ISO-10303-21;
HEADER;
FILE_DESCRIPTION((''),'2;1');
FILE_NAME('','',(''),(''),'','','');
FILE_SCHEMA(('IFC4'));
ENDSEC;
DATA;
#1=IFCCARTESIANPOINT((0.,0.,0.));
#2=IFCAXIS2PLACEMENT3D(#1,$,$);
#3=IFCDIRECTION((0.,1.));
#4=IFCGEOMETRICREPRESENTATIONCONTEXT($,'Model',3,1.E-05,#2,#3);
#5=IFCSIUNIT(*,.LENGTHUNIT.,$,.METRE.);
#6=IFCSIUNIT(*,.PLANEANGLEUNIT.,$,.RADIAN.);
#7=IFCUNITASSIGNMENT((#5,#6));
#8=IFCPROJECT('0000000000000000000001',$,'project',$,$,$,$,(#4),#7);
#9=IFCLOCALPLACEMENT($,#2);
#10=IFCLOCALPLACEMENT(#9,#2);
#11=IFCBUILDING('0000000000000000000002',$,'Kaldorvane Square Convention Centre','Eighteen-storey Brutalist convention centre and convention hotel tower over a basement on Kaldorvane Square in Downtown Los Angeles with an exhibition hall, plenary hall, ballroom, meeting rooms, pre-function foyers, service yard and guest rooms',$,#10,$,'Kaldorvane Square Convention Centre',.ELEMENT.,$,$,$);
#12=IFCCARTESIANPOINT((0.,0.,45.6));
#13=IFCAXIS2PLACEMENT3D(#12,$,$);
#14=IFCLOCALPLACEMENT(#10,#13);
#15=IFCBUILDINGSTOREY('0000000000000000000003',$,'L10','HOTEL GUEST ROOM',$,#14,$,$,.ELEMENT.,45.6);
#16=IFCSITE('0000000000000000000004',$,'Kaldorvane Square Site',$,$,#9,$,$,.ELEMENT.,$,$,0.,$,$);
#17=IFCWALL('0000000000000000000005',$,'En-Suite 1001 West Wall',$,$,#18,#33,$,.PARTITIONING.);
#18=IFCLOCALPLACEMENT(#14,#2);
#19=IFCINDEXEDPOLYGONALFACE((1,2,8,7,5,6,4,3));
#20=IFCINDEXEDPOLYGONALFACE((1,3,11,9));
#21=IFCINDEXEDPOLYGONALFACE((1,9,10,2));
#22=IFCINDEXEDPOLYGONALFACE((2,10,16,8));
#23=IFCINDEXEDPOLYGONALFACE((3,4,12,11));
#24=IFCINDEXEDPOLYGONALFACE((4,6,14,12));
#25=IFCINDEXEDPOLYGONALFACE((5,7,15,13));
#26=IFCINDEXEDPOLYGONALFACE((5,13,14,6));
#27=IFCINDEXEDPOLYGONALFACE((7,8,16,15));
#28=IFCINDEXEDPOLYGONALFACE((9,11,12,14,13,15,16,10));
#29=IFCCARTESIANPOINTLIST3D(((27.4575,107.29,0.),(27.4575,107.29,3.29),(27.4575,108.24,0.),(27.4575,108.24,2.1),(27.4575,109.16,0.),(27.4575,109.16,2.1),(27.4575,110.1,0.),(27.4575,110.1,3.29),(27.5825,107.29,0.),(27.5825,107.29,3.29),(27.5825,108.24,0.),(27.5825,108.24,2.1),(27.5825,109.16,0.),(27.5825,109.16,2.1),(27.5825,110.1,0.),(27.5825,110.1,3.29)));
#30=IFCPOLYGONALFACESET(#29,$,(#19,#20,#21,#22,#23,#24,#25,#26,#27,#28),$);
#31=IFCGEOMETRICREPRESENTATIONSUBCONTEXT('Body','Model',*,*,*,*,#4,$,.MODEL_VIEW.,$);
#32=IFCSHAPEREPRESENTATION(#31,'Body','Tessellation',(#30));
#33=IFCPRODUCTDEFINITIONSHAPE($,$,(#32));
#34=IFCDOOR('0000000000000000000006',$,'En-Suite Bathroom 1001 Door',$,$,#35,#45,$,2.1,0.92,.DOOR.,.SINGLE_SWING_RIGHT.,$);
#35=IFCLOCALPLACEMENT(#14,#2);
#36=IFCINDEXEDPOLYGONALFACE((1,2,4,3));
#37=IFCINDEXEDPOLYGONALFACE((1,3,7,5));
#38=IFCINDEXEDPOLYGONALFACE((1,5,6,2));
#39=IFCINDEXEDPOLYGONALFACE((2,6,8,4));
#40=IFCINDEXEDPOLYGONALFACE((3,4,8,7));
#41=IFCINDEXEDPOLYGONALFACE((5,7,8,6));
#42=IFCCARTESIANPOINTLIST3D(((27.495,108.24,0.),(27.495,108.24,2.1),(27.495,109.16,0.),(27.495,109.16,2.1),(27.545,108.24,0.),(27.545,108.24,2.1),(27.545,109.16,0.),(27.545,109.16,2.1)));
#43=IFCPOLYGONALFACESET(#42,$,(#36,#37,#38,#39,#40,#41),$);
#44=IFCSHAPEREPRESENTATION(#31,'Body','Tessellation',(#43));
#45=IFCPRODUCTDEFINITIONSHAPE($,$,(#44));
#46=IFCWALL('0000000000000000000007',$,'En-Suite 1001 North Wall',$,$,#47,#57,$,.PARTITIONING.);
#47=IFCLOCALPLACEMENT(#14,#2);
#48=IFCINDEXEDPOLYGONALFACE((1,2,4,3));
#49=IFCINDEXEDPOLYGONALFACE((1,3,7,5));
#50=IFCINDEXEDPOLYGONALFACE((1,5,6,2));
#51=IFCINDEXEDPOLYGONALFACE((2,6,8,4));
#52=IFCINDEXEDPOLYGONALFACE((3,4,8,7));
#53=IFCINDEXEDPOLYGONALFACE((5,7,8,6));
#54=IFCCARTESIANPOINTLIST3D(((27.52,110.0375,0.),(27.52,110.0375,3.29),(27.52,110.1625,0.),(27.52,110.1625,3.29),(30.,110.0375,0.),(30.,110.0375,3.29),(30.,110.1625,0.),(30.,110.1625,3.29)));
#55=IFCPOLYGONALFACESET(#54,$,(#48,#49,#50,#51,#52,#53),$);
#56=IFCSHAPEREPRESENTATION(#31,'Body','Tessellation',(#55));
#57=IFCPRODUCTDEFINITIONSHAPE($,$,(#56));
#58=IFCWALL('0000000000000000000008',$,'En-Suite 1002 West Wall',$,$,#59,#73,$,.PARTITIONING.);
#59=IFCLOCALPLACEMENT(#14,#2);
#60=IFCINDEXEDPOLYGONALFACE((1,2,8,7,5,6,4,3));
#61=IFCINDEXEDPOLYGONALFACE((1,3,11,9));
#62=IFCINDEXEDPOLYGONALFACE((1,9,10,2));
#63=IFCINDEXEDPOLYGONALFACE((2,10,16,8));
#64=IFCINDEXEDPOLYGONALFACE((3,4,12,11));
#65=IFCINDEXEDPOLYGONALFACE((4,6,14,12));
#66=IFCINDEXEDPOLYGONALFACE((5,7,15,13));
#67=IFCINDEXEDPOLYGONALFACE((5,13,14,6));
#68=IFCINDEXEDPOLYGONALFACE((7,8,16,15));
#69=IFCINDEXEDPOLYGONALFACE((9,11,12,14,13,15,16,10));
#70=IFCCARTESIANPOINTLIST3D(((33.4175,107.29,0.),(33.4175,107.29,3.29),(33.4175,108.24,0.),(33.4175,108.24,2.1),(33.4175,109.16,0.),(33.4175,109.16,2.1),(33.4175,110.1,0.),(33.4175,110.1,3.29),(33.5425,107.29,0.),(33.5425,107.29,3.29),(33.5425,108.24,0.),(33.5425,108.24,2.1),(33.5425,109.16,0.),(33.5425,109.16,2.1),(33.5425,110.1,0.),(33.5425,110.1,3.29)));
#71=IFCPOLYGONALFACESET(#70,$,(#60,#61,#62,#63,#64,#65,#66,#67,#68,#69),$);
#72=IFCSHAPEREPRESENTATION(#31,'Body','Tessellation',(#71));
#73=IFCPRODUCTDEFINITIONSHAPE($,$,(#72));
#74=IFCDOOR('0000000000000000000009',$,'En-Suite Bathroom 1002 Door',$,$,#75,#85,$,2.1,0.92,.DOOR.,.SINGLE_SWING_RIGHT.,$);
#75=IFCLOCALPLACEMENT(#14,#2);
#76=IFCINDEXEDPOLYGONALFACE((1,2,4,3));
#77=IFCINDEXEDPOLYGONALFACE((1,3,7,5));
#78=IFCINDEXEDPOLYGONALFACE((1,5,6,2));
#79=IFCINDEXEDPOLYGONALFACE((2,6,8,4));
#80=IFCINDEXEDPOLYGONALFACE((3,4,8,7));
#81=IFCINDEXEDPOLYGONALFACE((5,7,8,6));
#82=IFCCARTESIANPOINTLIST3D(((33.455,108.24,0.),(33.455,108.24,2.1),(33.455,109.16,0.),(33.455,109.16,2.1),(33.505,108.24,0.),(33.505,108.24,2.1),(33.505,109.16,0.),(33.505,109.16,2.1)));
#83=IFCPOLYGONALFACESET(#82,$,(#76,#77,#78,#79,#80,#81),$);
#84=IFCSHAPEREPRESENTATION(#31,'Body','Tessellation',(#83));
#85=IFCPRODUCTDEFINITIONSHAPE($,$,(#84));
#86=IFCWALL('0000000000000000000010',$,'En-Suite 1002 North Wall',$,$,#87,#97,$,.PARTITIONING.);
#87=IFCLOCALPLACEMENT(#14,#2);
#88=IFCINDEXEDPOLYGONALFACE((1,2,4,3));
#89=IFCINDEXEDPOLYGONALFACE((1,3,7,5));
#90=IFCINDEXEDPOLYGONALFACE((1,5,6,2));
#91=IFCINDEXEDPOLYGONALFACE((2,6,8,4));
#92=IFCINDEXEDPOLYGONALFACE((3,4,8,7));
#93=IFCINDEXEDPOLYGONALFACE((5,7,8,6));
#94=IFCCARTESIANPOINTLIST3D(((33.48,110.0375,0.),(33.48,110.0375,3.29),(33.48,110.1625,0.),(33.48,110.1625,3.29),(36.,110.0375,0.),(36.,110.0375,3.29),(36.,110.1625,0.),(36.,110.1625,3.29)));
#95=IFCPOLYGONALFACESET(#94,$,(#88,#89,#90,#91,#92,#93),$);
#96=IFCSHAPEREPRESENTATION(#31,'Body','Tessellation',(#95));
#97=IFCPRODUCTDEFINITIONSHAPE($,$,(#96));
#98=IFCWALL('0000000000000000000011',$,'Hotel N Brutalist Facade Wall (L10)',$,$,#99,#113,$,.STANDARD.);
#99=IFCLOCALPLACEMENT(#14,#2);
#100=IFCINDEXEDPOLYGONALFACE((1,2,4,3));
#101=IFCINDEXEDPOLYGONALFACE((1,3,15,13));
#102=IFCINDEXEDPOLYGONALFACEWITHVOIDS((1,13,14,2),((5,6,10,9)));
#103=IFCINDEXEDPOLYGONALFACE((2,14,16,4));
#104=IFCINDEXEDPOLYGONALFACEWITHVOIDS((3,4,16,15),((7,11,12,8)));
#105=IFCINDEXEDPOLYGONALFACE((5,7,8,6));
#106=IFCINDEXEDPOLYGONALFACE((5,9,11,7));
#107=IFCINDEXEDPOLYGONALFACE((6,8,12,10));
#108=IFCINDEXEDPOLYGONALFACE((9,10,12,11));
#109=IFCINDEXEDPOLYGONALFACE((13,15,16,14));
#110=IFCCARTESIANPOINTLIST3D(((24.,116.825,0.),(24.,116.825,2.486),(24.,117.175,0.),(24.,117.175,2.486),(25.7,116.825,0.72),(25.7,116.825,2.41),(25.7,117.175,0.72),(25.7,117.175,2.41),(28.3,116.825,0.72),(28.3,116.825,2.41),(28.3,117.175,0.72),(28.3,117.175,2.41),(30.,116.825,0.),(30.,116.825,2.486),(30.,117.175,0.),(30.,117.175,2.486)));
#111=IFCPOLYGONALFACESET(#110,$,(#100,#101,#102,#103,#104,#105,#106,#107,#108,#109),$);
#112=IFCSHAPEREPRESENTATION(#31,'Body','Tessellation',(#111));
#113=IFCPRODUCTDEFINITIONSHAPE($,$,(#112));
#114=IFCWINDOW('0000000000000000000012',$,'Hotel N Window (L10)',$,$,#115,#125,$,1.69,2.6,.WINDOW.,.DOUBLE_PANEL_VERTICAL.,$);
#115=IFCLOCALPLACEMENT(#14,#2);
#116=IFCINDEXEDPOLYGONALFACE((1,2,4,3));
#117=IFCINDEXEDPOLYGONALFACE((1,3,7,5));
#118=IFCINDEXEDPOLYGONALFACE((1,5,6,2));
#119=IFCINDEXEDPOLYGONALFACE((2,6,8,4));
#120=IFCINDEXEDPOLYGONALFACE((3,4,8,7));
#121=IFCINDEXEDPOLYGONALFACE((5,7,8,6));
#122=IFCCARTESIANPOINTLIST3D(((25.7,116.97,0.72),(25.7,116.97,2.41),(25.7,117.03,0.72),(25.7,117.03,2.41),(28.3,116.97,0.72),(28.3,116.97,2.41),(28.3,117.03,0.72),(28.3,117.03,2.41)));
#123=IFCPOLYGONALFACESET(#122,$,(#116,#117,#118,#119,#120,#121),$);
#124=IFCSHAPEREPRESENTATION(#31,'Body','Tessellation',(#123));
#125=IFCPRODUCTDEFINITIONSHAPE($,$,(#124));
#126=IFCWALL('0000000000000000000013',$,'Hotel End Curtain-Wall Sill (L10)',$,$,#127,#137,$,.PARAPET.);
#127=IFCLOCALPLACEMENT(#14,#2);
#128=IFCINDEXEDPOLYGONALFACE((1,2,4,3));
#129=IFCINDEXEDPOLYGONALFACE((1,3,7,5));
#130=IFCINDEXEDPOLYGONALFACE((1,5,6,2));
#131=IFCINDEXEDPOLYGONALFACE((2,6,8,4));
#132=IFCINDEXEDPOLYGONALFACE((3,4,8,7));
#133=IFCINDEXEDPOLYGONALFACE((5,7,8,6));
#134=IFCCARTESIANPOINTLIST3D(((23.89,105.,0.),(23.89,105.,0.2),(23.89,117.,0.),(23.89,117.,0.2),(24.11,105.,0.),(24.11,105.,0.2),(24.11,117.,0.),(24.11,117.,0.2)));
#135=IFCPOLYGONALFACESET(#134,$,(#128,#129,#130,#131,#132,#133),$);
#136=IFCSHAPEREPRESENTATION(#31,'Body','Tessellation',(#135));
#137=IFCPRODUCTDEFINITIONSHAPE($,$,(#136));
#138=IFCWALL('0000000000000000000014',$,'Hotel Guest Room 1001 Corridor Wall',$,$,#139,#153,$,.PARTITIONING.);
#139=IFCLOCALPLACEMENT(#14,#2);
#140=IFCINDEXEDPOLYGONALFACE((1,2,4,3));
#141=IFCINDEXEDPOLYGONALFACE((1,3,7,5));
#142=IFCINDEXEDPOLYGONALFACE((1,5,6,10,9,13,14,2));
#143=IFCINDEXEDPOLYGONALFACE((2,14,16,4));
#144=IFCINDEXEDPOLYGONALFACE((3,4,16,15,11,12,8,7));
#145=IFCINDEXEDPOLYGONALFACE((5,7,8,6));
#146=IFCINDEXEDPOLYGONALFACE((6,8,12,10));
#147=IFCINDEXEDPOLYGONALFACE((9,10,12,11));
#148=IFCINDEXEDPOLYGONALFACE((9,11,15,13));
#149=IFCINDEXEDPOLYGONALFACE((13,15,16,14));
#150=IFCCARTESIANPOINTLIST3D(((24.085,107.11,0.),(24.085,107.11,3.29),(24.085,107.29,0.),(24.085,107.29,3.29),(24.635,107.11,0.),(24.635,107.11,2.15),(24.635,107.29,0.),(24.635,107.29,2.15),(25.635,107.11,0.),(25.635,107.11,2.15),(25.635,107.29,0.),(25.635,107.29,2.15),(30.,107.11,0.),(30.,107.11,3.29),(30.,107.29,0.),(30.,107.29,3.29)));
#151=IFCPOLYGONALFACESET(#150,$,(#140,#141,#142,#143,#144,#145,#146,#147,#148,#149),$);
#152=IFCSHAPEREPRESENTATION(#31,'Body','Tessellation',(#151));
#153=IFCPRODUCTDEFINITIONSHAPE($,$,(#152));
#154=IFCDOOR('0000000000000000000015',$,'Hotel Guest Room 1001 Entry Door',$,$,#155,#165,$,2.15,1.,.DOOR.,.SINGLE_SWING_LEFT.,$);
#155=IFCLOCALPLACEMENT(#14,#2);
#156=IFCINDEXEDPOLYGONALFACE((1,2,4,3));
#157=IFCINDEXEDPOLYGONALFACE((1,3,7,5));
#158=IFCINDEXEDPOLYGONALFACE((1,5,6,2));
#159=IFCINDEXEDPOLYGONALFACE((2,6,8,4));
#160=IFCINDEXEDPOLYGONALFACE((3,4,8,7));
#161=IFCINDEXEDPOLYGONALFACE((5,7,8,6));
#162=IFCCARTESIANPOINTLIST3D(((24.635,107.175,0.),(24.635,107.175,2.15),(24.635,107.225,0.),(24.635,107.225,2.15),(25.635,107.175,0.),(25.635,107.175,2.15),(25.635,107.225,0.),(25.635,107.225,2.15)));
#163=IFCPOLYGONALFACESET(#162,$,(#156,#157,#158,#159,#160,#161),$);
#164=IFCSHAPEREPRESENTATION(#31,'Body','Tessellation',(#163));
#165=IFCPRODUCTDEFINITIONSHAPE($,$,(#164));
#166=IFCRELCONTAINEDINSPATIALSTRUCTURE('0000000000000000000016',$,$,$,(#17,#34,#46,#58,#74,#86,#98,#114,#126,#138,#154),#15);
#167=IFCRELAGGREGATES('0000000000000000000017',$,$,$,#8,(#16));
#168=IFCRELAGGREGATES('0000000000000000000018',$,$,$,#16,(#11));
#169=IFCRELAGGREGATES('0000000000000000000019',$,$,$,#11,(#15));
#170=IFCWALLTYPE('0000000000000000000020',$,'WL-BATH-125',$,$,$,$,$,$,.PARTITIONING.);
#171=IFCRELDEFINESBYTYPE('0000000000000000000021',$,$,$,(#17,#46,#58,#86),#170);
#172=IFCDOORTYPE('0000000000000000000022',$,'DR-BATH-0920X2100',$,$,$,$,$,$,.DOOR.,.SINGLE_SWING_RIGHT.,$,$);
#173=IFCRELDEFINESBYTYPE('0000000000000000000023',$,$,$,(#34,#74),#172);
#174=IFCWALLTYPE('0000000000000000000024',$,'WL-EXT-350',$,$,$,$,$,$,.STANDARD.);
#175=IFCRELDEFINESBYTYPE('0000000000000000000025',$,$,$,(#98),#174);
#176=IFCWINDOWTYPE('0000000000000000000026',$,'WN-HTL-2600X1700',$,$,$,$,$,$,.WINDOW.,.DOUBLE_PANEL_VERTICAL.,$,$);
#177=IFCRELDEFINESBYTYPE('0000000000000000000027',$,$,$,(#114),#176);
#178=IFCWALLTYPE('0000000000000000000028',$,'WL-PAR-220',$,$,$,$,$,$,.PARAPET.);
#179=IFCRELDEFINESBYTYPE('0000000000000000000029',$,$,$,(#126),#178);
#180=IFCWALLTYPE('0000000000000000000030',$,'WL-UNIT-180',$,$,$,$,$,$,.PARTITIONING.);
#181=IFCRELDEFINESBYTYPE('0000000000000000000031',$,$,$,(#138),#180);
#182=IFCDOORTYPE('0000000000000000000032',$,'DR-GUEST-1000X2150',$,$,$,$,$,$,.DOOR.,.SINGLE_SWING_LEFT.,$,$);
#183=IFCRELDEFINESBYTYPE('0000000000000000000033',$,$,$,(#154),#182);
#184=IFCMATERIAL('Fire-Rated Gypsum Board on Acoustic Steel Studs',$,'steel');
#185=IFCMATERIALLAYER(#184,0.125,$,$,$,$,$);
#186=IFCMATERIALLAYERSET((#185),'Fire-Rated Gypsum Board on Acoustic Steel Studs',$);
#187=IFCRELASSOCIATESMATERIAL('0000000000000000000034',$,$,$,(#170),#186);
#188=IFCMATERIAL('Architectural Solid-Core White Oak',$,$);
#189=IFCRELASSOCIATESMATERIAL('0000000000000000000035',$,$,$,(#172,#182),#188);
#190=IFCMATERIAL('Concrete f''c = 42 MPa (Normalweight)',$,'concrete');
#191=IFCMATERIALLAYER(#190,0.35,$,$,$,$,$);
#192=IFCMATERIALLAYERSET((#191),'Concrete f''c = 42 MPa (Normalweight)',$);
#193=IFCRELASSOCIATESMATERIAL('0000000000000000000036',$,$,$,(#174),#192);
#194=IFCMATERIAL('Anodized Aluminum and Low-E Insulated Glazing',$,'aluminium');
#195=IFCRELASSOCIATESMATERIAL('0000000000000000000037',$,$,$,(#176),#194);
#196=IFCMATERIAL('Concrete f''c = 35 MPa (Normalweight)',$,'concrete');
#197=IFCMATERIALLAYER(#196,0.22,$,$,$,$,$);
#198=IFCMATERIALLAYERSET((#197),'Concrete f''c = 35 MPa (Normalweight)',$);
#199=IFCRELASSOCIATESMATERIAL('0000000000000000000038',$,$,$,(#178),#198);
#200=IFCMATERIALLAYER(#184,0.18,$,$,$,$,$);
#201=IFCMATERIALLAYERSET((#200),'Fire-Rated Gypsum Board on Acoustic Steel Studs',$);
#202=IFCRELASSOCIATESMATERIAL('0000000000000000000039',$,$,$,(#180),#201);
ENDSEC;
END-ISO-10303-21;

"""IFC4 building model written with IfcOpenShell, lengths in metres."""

from ifc_helpers import new_model, si_unit, direction, frame, frame_2d, origin, place, context, subcontext, project, spatial, rectangle, extrude, material, layer, layer_set, type_object, element, fill, save


model = new_model("IFC4")

# Units and contexts
model_context = context("Model", 3, precision=1e-05, world=origin(), true_north=direction((0.0, 1.0)))
body_context = subcontext(model_context, "Body", "Model", "MODEL_VIEW")
ifc_project = project(units=[si_unit("LENGTHUNIT", "METRE"), si_unit("PLANEANGLEUNIT", "RADIAN")], contexts=[model_context])

# Site, building, storey
site_placement = place(None, origin())
site = spatial("IfcSite", under=ifc_project, at=site_placement, Name="Kaldorvane Square Site", CompositionType="ELEMENT", RefElevation=0.0)
building_placement = place(site_placement, origin())
building = spatial("IfcBuilding", under=site, at=building_placement, Name="Kaldorvane Square Convention Centre", Description="Eighteen-storey Brutalist convention centre and convention hotel tower over a basement on Kaldorvane Square in Downtown Los Angeles with an exhibition hall, plenary hall, ballroom, meeting rooms, pre-function foyers, service yard and guest rooms", LongName="Kaldorvane Square Convention Centre", CompositionType="ELEMENT")
storey_placement = place(building_placement, frame((0.0, 0.0, 45.6)))
storey = spatial("IfcBuildingStorey", under=building, at=storey_placement, Name="L10", Description="HOTEL GUEST ROOM", CompositionType="ELEMENT", Elevation=45.6)

# Shared definitions
ifc_material_1 = material(Name="Concrete f'c = 42 MPa (Normalweight)", Category="concrete")

# Shared definitions
ifc_material_2 = material(Name="Anodized Aluminum and Low-E Insulated Glazing", Category="aluminium")

# Wall, opening, door
ifc_material_3 = material(Name="Fire-Rated Gypsum Board on Acoustic Steel Studs", Category="steel")
ifc_layer_1 = layer(ifc_material_3, 0.125)
ifc_layer_set_1 = layer_set([ifc_layer_1], Name="Fire-Rated Gypsum Board on Acoustic Steel Studs")
wall_type_1 = type_object("IfcWallType", Name="WL-BATH-125", PredefinedType="PARTITIONING", material=ifc_layer_set_1)
wall_1_placement = place(storey_placement, frame((27.52, 107.29, 0.0), z_axis=(0.0, 0.0, 1.0), x_axis=(0.0, 1.0, 0.0)))
wall_1 = element("IfcWall", 1, at=wall_1_placement, inside=storey, type_object=wall_type_1, Name="En-Suite 1001 West Wall", PredefinedType="PARTITIONING", context=body_context, shape_type="SweptSolid", body=[
    extrude(rectangle(XDim=2.81, YDim=0.125, at=frame_2d((1.405, 0.0))), origin(), (0.0, 0.0, 1.0), 3.29),
])
opening_1_placement = place(wall_1_placement, frame((0.95, 0.0, 0.0)))
opening_1 = element("IfcOpeningElement", 2, at=opening_1_placement, cuts=wall_1, PredefinedType="OPENING", context=body_context, shape_type="SweptSolid", body=[
    extrude(rectangle(XDim=0.92, YDim=2.1, at=frame_2d((0.46, 1.05))), frame((0.0, 0.0775, 0.0), z_axis=(0.0, -1.0, 0.0), x_axis=(1.0, 0.0, 0.0)), (0.0, 0.0, 1.0), 0.155),
])
ifc_material_4 = material(Name="Architectural Solid-Core White Oak")
door_type_1 = type_object("IfcDoorType", Name="DR-BATH-0920X2100", OperationType="SINGLE_SWING_RIGHT", PredefinedType="DOOR", material=ifc_material_4)
door_1_placement = place(opening_1_placement, origin())
door_1 = element("IfcDoor", 3, at=door_1_placement, inside=storey, type_object=door_type_1, Name="En-Suite Bathroom 1001 Door", OperationType="SINGLE_SWING_RIGHT", OverallHeight=2.1, OverallWidth=0.92, PredefinedType="DOOR", context=body_context, shape_type="SweptSolid", body=[
    extrude(rectangle(XDim=0.92, YDim=2.1, at=frame_2d((0.46, 1.05))), frame((0.0, 0.025, 0.0), z_axis=(0.0, -1.0, 0.0), x_axis=(1.0, 0.0, 0.0)), (0.0, 0.0, 1.0), 0.05),
])
fill(opening_1, door_1)

# Wall
wall_2_placement = place(storey_placement, frame((27.52, 110.1, 0.0), z_axis=(0.0, 0.0, 1.0), x_axis=(1.0, 0.0, 0.0)))
element("IfcWall", 4, at=wall_2_placement, inside=storey, type_object=wall_type_1, Name="En-Suite 1001 North Wall", PredefinedType="PARTITIONING", context=body_context, shape_type="SweptSolid", body=[
    extrude(rectangle(XDim=2.48, YDim=0.125, at=frame_2d((1.24, 0.0))), origin(), (0.0, 0.0, 1.0), 3.29),
])

# Wall, opening, door
wall_3_placement = place(storey_placement, frame((33.48, 107.29, 0.0), z_axis=(0.0, 0.0, 1.0), x_axis=(0.0, 1.0, 0.0)))
wall_3 = element("IfcWall", 5, at=wall_3_placement, inside=storey, type_object=wall_type_1, Name="En-Suite 1002 West Wall", PredefinedType="PARTITIONING", context=body_context, shape_type="SweptSolid", body=[
    extrude(rectangle(XDim=2.81, YDim=0.125, at=frame_2d((1.405, 0.0))), origin(), (0.0, 0.0, 1.0), 3.29),
])
opening_2_placement = place(wall_3_placement, frame((0.95, 0.0, 0.0)))
opening_2 = element("IfcOpeningElement", 6, at=opening_2_placement, cuts=wall_3, PredefinedType="OPENING", context=body_context, shape_type="SweptSolid", body=[
    extrude(rectangle(XDim=0.92, YDim=2.1, at=frame_2d((0.46, 1.05))), frame((0.0, 0.0775, 0.0), z_axis=(0.0, -1.0, 0.0), x_axis=(1.0, 0.0, 0.0)), (0.0, 0.0, 1.0), 0.155),
])
door_2_placement = place(opening_2_placement, origin())
door_2 = element("IfcDoor", 7, at=door_2_placement, inside=storey, type_object=door_type_1, Name="En-Suite Bathroom 1002 Door", OperationType="SINGLE_SWING_RIGHT", OverallHeight=2.1, OverallWidth=0.92, PredefinedType="DOOR", context=body_context, shape_type="SweptSolid", body=[
    extrude(rectangle(XDim=0.92, YDim=2.1, at=frame_2d((0.46, 1.05))), frame((0.0, 0.025, 0.0), z_axis=(0.0, -1.0, 0.0), x_axis=(1.0, 0.0, 0.0)), (0.0, 0.0, 1.0), 0.05),
])
fill(opening_2, door_2)

# Wall
wall_4_placement = place(storey_placement, frame((33.48, 110.1, 0.0), z_axis=(0.0, 0.0, 1.0), x_axis=(1.0, 0.0, 0.0)))
element("IfcWall", 8, at=wall_4_placement, inside=storey, type_object=wall_type_1, Name="En-Suite 1002 North Wall", PredefinedType="PARTITIONING", context=body_context, shape_type="SweptSolid", body=[
    extrude(rectangle(XDim=2.52, YDim=0.125, at=frame_2d((1.26, 0.0))), origin(), (0.0, 0.0, 1.0), 3.29),
])

# Wall, opening, window
ifc_layer_2 = layer(ifc_material_1, 0.35)
ifc_layer_set_2 = layer_set([ifc_layer_2], Name="Concrete f'c = 42 MPa (Normalweight)")
wall_type_2 = type_object("IfcWallType", Name="WL-EXT-350", PredefinedType="STANDARD", material=ifc_layer_set_2)
wall_5_placement = place(storey_placement, frame((30.0, 117.0, 0.0), z_axis=(0.0, 0.0, 1.0), x_axis=(-1.0, 0.0, 0.0)))
wall_5 = element("IfcWall", 9, at=wall_5_placement, inside=storey, type_object=wall_type_2, Name="Hotel N Brutalist Facade Wall (L10)", PredefinedType="STANDARD", context=body_context, shape_type="SweptSolid", body=[
    extrude(rectangle(XDim=6.0, YDim=0.35, at=frame_2d((3.0, 0.0))), origin(), (0.0, 0.0, 1.0), 2.486),
])
opening_3_placement = place(wall_5_placement, frame((1.7, 0.0, 0.72)))
opening_3 = element("IfcOpeningElement", 10, at=opening_3_placement, cuts=wall_5, PredefinedType="OPENING", context=body_context, shape_type="SweptSolid", body=[
    extrude(rectangle(XDim=2.6, YDim=1.69, at=frame_2d((1.3, 0.845))), frame((0.0, 0.19, 0.0), z_axis=(0.0, -1.0, 0.0), x_axis=(1.0, 0.0, 0.0)), (0.0, 0.0, 1.0), 0.38),
])
window_type = type_object("IfcWindowType", Name="WN-HTL-2600X1700", PartitioningType="DOUBLE_PANEL_VERTICAL", PredefinedType="WINDOW", material=ifc_material_2)
window_placement = place(opening_3_placement, origin())
window = element("IfcWindow", 11, at=window_placement, inside=storey, type_object=window_type, Name="Hotel N Window (L10)", OverallHeight=1.69, OverallWidth=2.6, PartitioningType="DOUBLE_PANEL_VERTICAL", PredefinedType="WINDOW", context=body_context, shape_type="SweptSolid", body=[
    extrude(rectangle(XDim=2.6, YDim=1.69, at=frame_2d((1.3, 0.845))), frame((0.0, 0.03, 0.0), z_axis=(0.0, -1.0, 0.0), x_axis=(1.0, 0.0, 0.0)), (0.0, 0.0, 1.0), 0.06),
])
fill(opening_3, window)

# Wall
ifc_material_5 = material(Name="Concrete f'c = 35 MPa (Normalweight)", Category="concrete")
ifc_layer_3 = layer(ifc_material_5, 0.22)
ifc_layer_set_3 = layer_set([ifc_layer_3], Name="Concrete f'c = 35 MPa (Normalweight)")
wall_type_3 = type_object("IfcWallType", Name="WL-PAR-220", PredefinedType="PARAPET", material=ifc_layer_set_3)
wall_6_placement = place(storey_placement, frame((24.0, 117.0, 0.0), z_axis=(0.0, 0.0, 1.0), x_axis=(0.0, -1.0, 0.0)))
element("IfcWall", 12, at=wall_6_placement, inside=storey, type_object=wall_type_3, Name="Hotel End Curtain-Wall Sill (L10)", PredefinedType="PARAPET", context=body_context, shape_type="SweptSolid", body=[
    extrude(rectangle(XDim=12.0, YDim=0.22, at=frame_2d((6.0, 0.0))), origin(), (0.0, 0.0, 1.0), 0.2),
])

# Wall, opening, door
ifc_layer_4 = layer(ifc_material_3, 0.18)
ifc_layer_set_4 = layer_set([ifc_layer_4], Name="Fire-Rated Gypsum Board on Acoustic Steel Studs")
wall_type_4 = type_object("IfcWallType", Name="WL-UNIT-180", PredefinedType="PARTITIONING", material=ifc_layer_set_4)
wall_7_placement = place(storey_placement, frame((24.085, 107.2, 0.0), z_axis=(0.0, 0.0, 1.0), x_axis=(1.0, 0.0, 0.0)))
wall_7 = element("IfcWall", 13, at=wall_7_placement, inside=storey, type_object=wall_type_4, Name="Hotel Guest Room 1001 Corridor Wall", PredefinedType="PARTITIONING", context=body_context, shape_type="SweptSolid", body=[
    extrude(rectangle(XDim=5.915, YDim=0.18, at=frame_2d((2.9575, 0.0))), origin(), (0.0, 0.0, 1.0), 3.29),
])
opening_4_placement = place(wall_7_placement, frame((0.55, 0.0, 0.0)))
opening_4 = element("IfcOpeningElement", 14, at=opening_4_placement, cuts=wall_7, PredefinedType="OPENING", context=body_context, shape_type="SweptSolid", body=[
    extrude(rectangle(XDim=1.0, YDim=2.15, at=frame_2d((0.5, 1.075))), frame((0.0, 0.105, 0.0), z_axis=(0.0, -1.0, 0.0), x_axis=(1.0, 0.0, 0.0)), (0.0, 0.0, 1.0), 0.21),
])
door_type_2 = type_object("IfcDoorType", Name="DR-GUEST-1000X2150", OperationType="SINGLE_SWING_LEFT", PredefinedType="DOOR", material=ifc_material_4)
door_3_placement = place(opening_4_placement, origin())
door_3 = element("IfcDoor", 15, at=door_3_placement, inside=storey, type_object=door_type_2, Name="Hotel Guest Room 1001 Entry Door", OperationType="SINGLE_SWING_LEFT", OverallHeight=2.15, OverallWidth=1.0, PredefinedType="DOOR", context=body_context, shape_type="SweptSolid", body=[
    extrude(rectangle(XDim=1.0, YDim=2.15, at=frame_2d((0.5, 1.075))), frame((0.0, 0.025, 0.0), z_axis=(0.0, -1.0, 0.0), x_axis=(1.0, 0.0, 0.0)), (0.0, 0.0, 1.0), 0.05),
])
fill(opening_4, door_3)

save(model, "model.ifc")
